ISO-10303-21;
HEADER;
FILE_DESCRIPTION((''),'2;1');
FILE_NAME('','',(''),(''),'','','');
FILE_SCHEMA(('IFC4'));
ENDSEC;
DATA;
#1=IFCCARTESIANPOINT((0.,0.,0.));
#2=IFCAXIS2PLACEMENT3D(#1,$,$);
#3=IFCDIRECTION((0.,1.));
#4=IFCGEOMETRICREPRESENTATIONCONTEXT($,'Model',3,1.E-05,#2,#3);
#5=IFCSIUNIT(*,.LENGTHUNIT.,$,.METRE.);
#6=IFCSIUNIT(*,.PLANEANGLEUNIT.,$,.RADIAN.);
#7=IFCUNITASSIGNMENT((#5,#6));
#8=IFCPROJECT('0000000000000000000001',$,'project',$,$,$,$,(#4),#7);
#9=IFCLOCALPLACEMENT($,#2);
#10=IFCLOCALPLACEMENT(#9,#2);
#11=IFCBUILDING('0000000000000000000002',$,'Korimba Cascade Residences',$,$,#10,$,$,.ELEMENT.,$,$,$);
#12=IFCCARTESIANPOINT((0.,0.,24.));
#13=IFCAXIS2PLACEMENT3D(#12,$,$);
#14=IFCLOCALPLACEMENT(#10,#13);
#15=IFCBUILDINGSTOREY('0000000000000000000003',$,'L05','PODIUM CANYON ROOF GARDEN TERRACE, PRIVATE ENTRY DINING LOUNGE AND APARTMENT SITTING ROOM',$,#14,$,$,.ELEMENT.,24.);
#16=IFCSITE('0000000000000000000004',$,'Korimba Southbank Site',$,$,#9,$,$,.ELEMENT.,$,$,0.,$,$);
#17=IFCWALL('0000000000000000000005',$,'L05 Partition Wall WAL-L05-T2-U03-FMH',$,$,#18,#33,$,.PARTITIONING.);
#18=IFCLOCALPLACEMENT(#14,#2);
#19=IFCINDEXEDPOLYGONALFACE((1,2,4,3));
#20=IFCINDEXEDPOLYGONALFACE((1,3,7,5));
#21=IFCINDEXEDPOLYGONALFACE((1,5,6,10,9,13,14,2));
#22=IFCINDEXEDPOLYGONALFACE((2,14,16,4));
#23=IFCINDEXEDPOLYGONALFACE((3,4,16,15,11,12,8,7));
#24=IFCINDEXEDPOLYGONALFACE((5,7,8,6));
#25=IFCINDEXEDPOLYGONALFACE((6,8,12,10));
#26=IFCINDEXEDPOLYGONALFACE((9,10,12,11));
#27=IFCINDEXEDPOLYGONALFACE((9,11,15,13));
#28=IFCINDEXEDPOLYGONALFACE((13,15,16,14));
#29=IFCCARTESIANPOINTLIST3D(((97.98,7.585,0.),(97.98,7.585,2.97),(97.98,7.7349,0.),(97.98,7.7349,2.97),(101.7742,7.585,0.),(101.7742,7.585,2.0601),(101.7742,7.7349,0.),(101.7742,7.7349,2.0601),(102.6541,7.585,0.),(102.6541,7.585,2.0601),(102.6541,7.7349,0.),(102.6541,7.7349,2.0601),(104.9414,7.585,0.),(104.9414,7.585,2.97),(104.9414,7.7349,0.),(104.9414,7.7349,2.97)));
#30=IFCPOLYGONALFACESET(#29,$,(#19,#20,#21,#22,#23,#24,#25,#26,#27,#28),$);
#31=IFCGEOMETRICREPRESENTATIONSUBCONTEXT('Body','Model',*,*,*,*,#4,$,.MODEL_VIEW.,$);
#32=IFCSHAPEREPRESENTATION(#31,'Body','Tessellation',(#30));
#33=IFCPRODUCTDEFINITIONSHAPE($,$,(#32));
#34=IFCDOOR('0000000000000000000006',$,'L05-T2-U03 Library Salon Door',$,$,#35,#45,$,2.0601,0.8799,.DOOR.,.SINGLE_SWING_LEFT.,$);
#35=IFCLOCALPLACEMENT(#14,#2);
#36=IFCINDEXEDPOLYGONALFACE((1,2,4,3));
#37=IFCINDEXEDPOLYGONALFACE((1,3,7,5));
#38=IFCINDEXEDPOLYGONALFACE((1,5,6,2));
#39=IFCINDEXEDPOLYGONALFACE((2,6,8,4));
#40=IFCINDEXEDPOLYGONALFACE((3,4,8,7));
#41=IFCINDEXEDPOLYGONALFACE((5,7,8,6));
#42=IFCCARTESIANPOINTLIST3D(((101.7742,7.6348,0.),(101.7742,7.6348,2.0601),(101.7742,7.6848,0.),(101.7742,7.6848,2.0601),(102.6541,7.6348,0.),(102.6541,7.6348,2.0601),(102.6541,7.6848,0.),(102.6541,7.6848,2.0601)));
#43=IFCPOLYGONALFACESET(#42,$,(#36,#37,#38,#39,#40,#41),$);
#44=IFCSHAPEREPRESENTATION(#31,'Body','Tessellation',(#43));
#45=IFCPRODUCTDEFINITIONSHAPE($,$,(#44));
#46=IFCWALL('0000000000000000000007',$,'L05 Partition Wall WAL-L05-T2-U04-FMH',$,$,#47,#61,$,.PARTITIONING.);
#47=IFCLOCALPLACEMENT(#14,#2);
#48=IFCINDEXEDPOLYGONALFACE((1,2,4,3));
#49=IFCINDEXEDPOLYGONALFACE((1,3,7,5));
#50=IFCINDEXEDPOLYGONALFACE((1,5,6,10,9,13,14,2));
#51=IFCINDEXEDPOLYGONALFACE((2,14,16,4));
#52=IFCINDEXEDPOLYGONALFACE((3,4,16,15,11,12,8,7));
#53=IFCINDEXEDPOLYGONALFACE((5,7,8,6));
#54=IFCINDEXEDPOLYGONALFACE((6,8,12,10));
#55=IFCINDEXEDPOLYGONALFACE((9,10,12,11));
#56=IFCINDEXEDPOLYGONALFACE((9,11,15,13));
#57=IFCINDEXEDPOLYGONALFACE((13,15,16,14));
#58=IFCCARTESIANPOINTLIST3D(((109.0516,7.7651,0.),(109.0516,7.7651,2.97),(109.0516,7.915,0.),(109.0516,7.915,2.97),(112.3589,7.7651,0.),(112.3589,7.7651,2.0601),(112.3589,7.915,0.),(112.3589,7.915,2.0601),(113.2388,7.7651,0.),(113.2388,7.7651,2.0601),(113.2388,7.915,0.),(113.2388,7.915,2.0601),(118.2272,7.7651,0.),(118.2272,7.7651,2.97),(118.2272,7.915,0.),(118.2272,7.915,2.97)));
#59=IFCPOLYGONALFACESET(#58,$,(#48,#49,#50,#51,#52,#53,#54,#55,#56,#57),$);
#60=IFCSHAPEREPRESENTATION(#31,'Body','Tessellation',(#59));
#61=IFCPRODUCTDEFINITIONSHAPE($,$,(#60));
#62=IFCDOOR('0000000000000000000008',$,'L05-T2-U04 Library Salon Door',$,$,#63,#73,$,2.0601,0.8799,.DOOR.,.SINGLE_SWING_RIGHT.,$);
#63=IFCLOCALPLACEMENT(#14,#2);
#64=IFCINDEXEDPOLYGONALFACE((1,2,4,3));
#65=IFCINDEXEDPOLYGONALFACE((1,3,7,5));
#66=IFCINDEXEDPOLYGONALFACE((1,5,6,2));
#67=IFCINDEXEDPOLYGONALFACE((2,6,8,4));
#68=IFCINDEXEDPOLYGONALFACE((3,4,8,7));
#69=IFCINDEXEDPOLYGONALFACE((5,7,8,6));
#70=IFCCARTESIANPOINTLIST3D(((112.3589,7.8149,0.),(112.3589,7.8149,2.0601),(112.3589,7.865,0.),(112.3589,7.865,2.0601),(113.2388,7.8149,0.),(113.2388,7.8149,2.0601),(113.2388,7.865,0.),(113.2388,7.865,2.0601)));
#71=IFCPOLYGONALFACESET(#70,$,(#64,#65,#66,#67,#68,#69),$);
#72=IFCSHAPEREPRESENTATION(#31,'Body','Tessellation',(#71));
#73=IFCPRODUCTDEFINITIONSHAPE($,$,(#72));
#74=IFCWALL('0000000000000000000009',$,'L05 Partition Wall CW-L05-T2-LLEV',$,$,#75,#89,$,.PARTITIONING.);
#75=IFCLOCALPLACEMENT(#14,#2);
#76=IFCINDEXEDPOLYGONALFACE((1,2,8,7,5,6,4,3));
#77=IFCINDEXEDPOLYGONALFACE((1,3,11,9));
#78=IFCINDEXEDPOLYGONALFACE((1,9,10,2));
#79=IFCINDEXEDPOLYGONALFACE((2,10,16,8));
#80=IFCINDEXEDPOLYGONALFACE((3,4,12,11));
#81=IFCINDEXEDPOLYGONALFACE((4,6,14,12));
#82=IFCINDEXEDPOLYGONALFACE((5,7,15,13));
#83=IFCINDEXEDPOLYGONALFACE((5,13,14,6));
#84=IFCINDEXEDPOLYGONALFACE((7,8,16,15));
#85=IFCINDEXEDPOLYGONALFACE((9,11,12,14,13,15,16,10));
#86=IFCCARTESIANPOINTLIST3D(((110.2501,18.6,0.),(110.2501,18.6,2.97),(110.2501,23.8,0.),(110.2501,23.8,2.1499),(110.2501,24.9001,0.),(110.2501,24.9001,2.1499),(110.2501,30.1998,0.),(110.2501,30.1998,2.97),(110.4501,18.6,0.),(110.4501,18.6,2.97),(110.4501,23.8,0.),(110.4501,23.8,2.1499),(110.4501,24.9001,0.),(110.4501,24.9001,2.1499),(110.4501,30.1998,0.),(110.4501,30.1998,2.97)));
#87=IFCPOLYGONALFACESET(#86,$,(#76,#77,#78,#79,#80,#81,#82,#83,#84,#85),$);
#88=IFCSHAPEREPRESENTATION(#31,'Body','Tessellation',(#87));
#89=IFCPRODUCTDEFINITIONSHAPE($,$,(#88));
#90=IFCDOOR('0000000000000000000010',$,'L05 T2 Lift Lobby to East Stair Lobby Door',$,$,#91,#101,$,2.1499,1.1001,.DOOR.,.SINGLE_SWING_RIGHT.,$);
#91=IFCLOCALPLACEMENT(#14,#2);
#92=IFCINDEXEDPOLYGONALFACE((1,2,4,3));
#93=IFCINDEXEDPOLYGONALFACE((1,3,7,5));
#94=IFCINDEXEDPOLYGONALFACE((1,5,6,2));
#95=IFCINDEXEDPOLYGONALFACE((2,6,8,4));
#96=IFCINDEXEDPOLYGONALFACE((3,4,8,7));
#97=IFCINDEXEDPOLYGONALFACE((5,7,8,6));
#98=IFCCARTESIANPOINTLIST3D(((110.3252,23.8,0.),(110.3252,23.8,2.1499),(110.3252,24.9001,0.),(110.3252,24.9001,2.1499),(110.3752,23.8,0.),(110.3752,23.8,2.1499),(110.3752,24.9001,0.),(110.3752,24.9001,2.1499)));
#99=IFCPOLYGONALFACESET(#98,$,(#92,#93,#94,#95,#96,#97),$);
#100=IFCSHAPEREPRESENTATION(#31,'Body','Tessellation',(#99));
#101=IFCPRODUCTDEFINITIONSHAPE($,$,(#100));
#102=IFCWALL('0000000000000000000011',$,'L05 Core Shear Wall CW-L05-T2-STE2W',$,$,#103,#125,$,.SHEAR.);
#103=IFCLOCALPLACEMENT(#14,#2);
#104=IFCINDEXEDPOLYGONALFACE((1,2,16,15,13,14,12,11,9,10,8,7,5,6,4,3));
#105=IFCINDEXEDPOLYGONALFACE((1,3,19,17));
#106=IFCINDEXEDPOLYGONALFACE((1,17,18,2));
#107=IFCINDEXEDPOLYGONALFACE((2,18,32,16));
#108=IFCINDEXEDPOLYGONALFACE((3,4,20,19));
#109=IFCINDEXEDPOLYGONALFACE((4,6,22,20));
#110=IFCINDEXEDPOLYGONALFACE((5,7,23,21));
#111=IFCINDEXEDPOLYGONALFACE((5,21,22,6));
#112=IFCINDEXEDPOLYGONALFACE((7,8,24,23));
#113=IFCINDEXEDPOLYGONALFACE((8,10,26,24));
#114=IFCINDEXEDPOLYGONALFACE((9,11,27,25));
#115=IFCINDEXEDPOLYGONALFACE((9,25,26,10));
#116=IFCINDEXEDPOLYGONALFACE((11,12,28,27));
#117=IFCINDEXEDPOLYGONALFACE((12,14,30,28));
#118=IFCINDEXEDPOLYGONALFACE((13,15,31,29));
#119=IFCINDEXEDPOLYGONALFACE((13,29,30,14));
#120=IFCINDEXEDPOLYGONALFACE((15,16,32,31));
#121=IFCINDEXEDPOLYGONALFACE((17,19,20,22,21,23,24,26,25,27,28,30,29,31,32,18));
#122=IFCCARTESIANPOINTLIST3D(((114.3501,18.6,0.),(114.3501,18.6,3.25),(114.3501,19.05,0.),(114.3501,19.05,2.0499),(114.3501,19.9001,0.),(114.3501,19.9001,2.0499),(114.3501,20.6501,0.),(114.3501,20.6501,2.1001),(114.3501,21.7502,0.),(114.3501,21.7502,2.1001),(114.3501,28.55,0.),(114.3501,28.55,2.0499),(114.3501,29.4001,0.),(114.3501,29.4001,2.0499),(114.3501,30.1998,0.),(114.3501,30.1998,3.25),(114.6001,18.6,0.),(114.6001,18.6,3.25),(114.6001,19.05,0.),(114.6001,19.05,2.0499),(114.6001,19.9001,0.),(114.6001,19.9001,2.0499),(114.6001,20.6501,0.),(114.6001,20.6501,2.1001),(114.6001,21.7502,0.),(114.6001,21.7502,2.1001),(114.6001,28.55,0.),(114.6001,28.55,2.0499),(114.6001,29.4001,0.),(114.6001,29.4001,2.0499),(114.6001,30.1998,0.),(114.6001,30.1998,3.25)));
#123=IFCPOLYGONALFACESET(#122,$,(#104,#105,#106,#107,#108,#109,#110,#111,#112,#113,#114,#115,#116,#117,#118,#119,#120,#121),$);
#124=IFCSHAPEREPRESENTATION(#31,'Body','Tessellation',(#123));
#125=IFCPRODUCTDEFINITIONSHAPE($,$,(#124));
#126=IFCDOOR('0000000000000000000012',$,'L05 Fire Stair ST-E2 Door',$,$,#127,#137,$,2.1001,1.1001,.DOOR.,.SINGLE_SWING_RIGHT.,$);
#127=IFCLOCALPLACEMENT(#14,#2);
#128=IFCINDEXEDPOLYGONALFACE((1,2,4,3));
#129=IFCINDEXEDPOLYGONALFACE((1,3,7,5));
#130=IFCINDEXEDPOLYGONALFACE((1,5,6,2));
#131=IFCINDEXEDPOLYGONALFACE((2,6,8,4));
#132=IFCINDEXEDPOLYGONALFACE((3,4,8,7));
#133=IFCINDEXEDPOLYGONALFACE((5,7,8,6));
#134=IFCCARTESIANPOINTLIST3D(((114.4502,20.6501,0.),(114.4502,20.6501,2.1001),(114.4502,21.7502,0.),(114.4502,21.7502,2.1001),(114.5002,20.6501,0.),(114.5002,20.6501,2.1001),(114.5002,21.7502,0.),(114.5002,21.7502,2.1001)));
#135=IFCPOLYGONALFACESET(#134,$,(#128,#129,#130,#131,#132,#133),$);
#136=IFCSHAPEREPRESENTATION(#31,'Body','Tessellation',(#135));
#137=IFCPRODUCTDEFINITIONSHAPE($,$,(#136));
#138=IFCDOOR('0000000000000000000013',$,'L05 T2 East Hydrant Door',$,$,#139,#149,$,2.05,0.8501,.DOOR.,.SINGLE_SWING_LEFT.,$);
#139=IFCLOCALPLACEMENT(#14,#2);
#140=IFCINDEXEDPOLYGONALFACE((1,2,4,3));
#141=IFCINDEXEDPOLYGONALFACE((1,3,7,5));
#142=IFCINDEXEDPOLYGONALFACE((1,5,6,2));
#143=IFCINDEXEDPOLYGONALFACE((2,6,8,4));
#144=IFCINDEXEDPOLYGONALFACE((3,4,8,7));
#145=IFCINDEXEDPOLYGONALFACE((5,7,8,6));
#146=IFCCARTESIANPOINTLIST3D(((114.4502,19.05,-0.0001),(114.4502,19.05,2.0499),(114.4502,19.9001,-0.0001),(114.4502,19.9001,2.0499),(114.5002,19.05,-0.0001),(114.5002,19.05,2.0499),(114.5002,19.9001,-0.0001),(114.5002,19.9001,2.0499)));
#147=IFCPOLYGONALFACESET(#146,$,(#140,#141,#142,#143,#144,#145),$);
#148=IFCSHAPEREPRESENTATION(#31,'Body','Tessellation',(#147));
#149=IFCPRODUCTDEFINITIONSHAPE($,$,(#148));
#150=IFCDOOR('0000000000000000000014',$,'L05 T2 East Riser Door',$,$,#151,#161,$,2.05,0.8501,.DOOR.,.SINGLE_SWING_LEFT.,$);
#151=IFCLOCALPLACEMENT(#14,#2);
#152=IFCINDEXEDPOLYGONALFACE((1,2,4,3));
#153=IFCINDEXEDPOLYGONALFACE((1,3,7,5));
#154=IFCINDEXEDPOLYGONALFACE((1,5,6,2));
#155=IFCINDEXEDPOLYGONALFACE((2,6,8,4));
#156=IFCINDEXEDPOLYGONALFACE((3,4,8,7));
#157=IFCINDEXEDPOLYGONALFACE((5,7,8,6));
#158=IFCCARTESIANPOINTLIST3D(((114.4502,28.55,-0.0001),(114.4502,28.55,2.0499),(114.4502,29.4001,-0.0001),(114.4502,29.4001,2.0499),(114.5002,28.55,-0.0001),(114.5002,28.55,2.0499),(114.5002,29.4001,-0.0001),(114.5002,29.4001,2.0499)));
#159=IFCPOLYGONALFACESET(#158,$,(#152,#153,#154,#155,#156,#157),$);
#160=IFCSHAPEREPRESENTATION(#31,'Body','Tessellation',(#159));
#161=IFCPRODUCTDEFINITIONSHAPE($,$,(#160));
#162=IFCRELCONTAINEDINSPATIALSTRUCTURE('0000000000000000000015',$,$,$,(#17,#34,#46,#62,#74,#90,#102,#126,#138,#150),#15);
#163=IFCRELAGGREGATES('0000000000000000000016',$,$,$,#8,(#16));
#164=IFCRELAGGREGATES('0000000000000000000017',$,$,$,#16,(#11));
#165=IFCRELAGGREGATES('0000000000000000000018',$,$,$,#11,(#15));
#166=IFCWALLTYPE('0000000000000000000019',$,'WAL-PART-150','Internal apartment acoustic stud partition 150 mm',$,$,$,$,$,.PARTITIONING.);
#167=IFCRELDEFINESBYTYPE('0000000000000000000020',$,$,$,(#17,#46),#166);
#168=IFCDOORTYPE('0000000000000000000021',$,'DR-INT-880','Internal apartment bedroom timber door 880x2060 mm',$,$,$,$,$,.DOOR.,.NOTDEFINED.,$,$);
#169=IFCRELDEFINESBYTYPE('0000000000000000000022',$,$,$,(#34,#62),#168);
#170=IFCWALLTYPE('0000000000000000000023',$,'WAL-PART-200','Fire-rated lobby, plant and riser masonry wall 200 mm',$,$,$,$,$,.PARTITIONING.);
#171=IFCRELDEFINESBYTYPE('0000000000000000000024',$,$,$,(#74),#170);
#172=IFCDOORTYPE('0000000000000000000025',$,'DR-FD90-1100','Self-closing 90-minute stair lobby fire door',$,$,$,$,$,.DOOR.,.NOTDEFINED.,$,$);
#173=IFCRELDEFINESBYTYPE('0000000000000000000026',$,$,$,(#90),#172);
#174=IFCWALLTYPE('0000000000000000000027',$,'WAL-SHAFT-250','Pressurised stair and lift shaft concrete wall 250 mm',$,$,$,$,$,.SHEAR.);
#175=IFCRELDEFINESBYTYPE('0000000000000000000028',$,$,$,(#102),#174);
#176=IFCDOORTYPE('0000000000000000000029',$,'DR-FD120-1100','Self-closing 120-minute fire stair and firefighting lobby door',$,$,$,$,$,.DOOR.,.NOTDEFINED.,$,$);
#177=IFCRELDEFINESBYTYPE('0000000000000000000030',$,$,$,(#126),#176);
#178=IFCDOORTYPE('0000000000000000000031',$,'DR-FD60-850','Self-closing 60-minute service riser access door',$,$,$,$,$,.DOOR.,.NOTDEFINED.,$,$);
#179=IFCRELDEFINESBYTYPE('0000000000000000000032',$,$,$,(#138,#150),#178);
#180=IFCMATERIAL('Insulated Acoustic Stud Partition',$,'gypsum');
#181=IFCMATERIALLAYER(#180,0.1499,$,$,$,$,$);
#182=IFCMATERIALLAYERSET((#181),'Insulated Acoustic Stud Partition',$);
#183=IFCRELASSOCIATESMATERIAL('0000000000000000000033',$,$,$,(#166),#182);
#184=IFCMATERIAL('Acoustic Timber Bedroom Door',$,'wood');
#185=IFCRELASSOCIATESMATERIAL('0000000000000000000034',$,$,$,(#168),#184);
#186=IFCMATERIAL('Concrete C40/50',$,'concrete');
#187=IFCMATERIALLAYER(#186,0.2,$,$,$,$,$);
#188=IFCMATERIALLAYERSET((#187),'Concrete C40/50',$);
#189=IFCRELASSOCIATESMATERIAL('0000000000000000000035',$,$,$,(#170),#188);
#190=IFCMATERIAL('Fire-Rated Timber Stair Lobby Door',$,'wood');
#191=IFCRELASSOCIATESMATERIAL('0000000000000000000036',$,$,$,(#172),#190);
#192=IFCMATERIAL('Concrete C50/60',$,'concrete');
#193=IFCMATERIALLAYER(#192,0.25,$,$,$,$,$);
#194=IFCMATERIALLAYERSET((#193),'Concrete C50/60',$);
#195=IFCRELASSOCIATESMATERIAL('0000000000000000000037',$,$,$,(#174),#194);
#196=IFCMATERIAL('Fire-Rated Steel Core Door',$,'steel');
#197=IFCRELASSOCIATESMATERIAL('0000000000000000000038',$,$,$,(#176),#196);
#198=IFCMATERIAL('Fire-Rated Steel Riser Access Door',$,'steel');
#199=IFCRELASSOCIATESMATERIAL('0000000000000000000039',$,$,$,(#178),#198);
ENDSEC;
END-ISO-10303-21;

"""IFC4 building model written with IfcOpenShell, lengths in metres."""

from ifc_helpers import new_model, si_unit, direction, frame, frame_2d, origin, place, context, subcontext, project, spatial, rectangle, extrude, material, layer, layer_set, type_object, element, fill, save


model = new_model("IFC4")

# Units and contexts
model_context = context("Model", 3, precision=1e-05, world=origin(), true_north=direction((0.0, 1.0)))
body_context = subcontext(model_context, "Body", "Model", "MODEL_VIEW")
ifc_project = project(units=[si_unit("LENGTHUNIT", "METRE"), si_unit("PLANEANGLEUNIT", "RADIAN")], contexts=[model_context])

# Site, building, storey
site_placement = place(None, origin())
site = spatial("IfcSite", under=ifc_project, at=site_placement, Name="Korimba Southbank Site", CompositionType="ELEMENT", RefElevation=0.0)
building_placement = place(site_placement, origin())
building = spatial("IfcBuilding", under=site, at=building_placement, Name="Korimba Cascade Residences", CompositionType="ELEMENT")
storey_placement = place(building_placement, frame((0.0, 0.0, 24.0)))
storey = spatial("IfcBuildingStorey", under=building, at=storey_placement, Name="L05", Description="PODIUM CANYON ROOF GARDEN TERRACE, PRIVATE ENTRY DINING LOUNGE AND APARTMENT SITTING ROOM", CompositionType="ELEMENT", Elevation=24.0)

# Shared definitions
ifc_material_1 = material(Name="Concrete C50/60", Category="concrete")

# Shared definitions
ifc_material_2 = material(Name="Insulated Acoustic Stud Partition", Category="gypsum")
ifc_layer_1 = layer(ifc_material_2, 0.1499)
ifc_layer_set_1 = layer_set([ifc_layer_1], Name="Insulated Acoustic Stud Partition")
wall_type_1 = type_object("IfcWallType", Name="WAL-PART-150", Description="Internal apartment acoustic stud partition 150 mm", PredefinedType="PARTITIONING", material=ifc_layer_set_1)

# Walls, openings, doors
wall_1_placement = place(storey_placement, frame((97.98, 7.6599, 0.0), z_axis=(0.0, 0.0, 1.0), x_axis=(1.0, 0.0, 0.0)))
wall_1 = element("IfcWall", 1, at=wall_1_placement, inside=storey, type_object=wall_type_1, Name="L05 Partition Wall WAL-L05-T2-U03-FMH", PredefinedType="PARTITIONING", context=body_context, shape_type="SweptSolid", body=[
    extrude(rectangle(XDim=6.9614, YDim=0.1499, at=frame_2d((3.4807, 0.0))), origin(), (0.0, 0.0, 1.0), 2.97),
])
opening_1_placement = place(wall_1_placement, frame((3.7942, 0.0, 0.0)))
opening_1 = element("IfcOpeningElement", 2, at=opening_1_placement, cuts=wall_1, PredefinedType="OPENING", context=body_context, shape_type="SweptSolid", body=[
    extrude(rectangle(XDim=0.8799, YDim=2.0601, at=frame_2d((0.4399, 1.03))), frame((0.0, 0.085, 0.0), z_axis=(0.0, -1.0, 0.0), x_axis=(1.0, 0.0, 0.0)), (0.0, 0.0, 1.0), 0.1699),
])
ifc_material_3 = material(Name="Acoustic Timber Bedroom Door", Category="wood")
door_type_1 = type_object("IfcDoorType", Name="DR-INT-880", Description="Internal apartment bedroom timber door 880x2060 mm", OperationType="NOTDEFINED", PredefinedType="DOOR", material=ifc_material_3)
door_1_placement = place(opening_1_placement, origin())
door_1 = element("IfcDoor", 3, at=door_1_placement, inside=storey, type_object=door_type_1, Name="L05-T2-U03 Library Salon Door", OperationType="SINGLE_SWING_LEFT", OverallHeight=2.0601, OverallWidth=0.8799, PredefinedType="DOOR", context=body_context, shape_type="SweptSolid", body=[
    extrude(rectangle(XDim=0.8799, YDim=2.0601, at=frame_2d((0.4399, 1.03))), frame((0.0, 0.0249, 0.0), z_axis=(0.0, -1.0, 0.0), x_axis=(1.0, 0.0, 0.0)), (0.0, 0.0, 1.0), 0.05),
])
fill(opening_1, door_1)
wall_2_placement = place(storey_placement, frame((109.0515, 7.8401, 0.0), z_axis=(0.0, 0.0, 1.0), x_axis=(1.0, 0.0, 0.0)))
wall_2 = element("IfcWall", 4, at=wall_2_placement, inside=storey, type_object=wall_type_1, Name="L05 Partition Wall WAL-L05-T2-U04-FMH", PredefinedType="PARTITIONING", context=body_context, shape_type="SweptSolid", body=[
    extrude(rectangle(XDim=9.1755, YDim=0.1499, at=frame_2d((4.5879, 0.0))), origin(), (0.0, 0.0, 1.0), 2.97),
])
opening_2_placement = place(wall_2_placement, frame((3.3074, 0.0, 0.0)))
opening_2 = element("IfcOpeningElement", 5, at=opening_2_placement, cuts=wall_2, PredefinedType="OPENING", context=body_context, shape_type="SweptSolid", body=[
    extrude(rectangle(XDim=0.8799, YDim=2.0601, at=frame_2d((0.4399, 1.03))), frame((0.0, 0.085, 0.0), z_axis=(0.0, -1.0, 0.0), x_axis=(1.0, 0.0, 0.0)), (0.0, 0.0, 1.0), 0.1699),
])
door_2_placement = place(opening_2_placement, origin())
door_2 = element("IfcDoor", 6, at=door_2_placement, inside=storey, type_object=door_type_1, Name="L05-T2-U04 Library Salon Door", OperationType="SINGLE_SWING_RIGHT", OverallHeight=2.0601, OverallWidth=0.8799, PredefinedType="DOOR", context=body_context, shape_type="SweptSolid", body=[
    extrude(rectangle(XDim=0.8799, YDim=2.0601, at=frame_2d((0.4399, 1.03))), frame((0.0, 0.0249, 0.0), z_axis=(0.0, -1.0, 0.0), x_axis=(1.0, 0.0, 0.0)), (0.0, 0.0, 1.0), 0.05),
])
fill(opening_2, door_2)
ifc_material_4 = material(Name="Concrete C40/50", Category="concrete")
ifc_layer_2 = layer(ifc_material_4, 0.2)
ifc_layer_set_2 = layer_set([ifc_layer_2], Name="Concrete C40/50")
wall_type_2 = type_object("IfcWallType", Name="WAL-PART-200", Description="Fire-rated lobby, plant and riser masonry wall 200 mm", PredefinedType="PARTITIONING", material=ifc_layer_set_2)
wall_3_placement = place(storey_placement, frame((110.3501, 18.6001, 0.0), z_axis=(0.0, 0.0, 1.0), x_axis=(0.0, 1.0, 0.0)))
wall_3 = element("IfcWall", 7, at=wall_3_placement, inside=storey, type_object=wall_type_2, Name="L05 Partition Wall CW-L05-T2-LLEV", PredefinedType="PARTITIONING", context=body_context, shape_type="SweptSolid", body=[
    extrude(rectangle(XDim=11.5999, YDim=0.2, at=frame_2d((5.7998, 0.0))), origin(), (0.0, 0.0, 1.0), 2.97),
])
opening_3_placement = place(wall_3_placement, frame((5.2, 0.0, 0.0)))
opening_3 = element("IfcOpeningElement", 8, at=opening_3_placement, cuts=wall_3, PredefinedType="OPENING", context=body_context, shape_type="SweptSolid", body=[
    extrude(rectangle(XDim=1.1001, YDim=2.1499, at=frame_2d((0.55, 1.075))), frame((0.0, 0.1099, 0.0), z_axis=(0.0, -1.0, 0.0), x_axis=(1.0, 0.0, 0.0)), (0.0, 0.0, 1.0), 0.22),
])
ifc_material_5 = material(Name="Fire-Rated Timber Stair Lobby Door", Category="wood")
door_type_2 = type_object("IfcDoorType", Name="DR-FD90-1100", Description="Self-closing 90-minute stair lobby fire door", OperationType="NOTDEFINED", PredefinedType="DOOR", material=ifc_material_5)
door_3_placement = place(opening_3_placement, origin())
door_3 = element("IfcDoor", 9, at=door_3_placement, inside=storey, type_object=door_type_2, Name="L05 T2 Lift Lobby to East Stair Lobby Door", OperationType="SINGLE_SWING_RIGHT", OverallHeight=2.1499, OverallWidth=1.1001, PredefinedType="DOOR", context=body_context, shape_type="SweptSolid", body=[
    extrude(rectangle(XDim=1.1001, YDim=2.1499, at=frame_2d((0.55, 1.075))), frame((0.0, 0.0249, 0.0), z_axis=(0.0, -1.0, 0.0), x_axis=(1.0, 0.0, 0.0)), (0.0, 0.0, 1.0), 0.05),
])
fill(opening_3, door_3)

# Wall, openings, doors
ifc_layer_3 = layer(ifc_material_1, 0.25)
ifc_layer_set_3 = layer_set([ifc_layer_3], Name="Concrete C50/60")
wall_type_3 = type_object("IfcWallType", Name="WAL-SHAFT-250", Description="Pressurised stair and lift shaft concrete wall 250 mm", PredefinedType="SHEAR", material=ifc_layer_set_3)
wall_4_placement = place(storey_placement, frame((114.4751, 18.6001, 0.0), z_axis=(0.0, 0.0, 1.0), x_axis=(0.0, 1.0, 0.0)))
wall_4 = element("IfcWall", 10, at=wall_4_placement, inside=storey, type_object=wall_type_3, Name="L05 Core Shear Wall CW-L05-T2-STE2W", PredefinedType="SHEAR", context=body_context, shape_type="SweptSolid", body=[
    extrude(rectangle(XDim=11.5999, YDim=0.25, at=frame_2d((5.7998, 0.0))), origin(), (0.0, 0.0, 1.0), 3.25),
])
opening_4_placement = place(wall_4_placement, frame((0.45, 0.0, 0.0)))
opening_4 = element("IfcOpeningElement", 11, at=opening_4_placement, cuts=wall_4, PredefinedType="OPENING", context=body_context, shape_type="SweptSolid", body=[
    extrude(rectangle(XDim=0.8501, YDim=2.05, at=frame_2d((0.425, 1.0249))), frame((0.0, 0.135, 0.0), z_axis=(0.0, -1.0, 0.0), x_axis=(1.0, 0.0, 0.0)), (0.0, 0.0, 1.0), 0.27),
])
opening_5_placement = place(wall_4_placement, frame((2.05, 0.0, 0.0)))
opening_5 = element("IfcOpeningElement", 12, at=opening_5_placement, cuts=wall_4, PredefinedType="OPENING", context=body_context, shape_type="SweptSolid", body=[
    extrude(rectangle(XDim=1.1001, YDim=2.1001, at=frame_2d((0.55, 1.05))), frame((0.0, 0.135, 0.0), z_axis=(0.0, -1.0, 0.0), x_axis=(1.0, 0.0, 0.0)), (0.0, 0.0, 1.0), 0.27),
])
opening_6_placement = place(wall_4_placement, frame((9.95, 0.0, 0.0)))
opening_6 = element("IfcOpeningElement", 13, at=opening_6_placement, cuts=wall_4, PredefinedType="OPENING", context=body_context, shape_type="SweptSolid", body=[
    extrude(rectangle(XDim=0.8501, YDim=2.05, at=frame_2d((0.425, 1.0249))), frame((0.0, 0.135, 0.0), z_axis=(0.0, -1.0, 0.0), x_axis=(1.0, 0.0, 0.0)), (0.0, 0.0, 1.0), 0.27),
])
ifc_material_6 = material(Name="Fire-Rated Steel Core Door", Category="steel")
door_type_3 = type_object("IfcDoorType", Name="DR-FD120-1100", Description="Self-closing 120-minute fire stair and firefighting lobby door", OperationType="NOTDEFINED", PredefinedType="DOOR", material=ifc_material_6)
door_4_placement = place(opening_5_placement, origin())
door_4 = element("IfcDoor", 14, at=door_4_placement, inside=storey, type_object=door_type_3, Name="L05 Fire Stair ST-E2 Door", OperationType="SINGLE_SWING_RIGHT", OverallHeight=2.1001, OverallWidth=1.1001, PredefinedType="DOOR", context=body_context, shape_type="SweptSolid", body=[
    extrude(rectangle(XDim=1.1001, YDim=2.1001, at=frame_2d((0.55, 1.05))), frame((0.0, 0.0249, 0.0), z_axis=(0.0, -1.0, 0.0), x_axis=(1.0, 0.0, 0.0)), (0.0, 0.0, 1.0), 0.05),
])
fill(opening_5, door_4)
ifc_material_7 = material(Name="Fire-Rated Steel Riser Access Door", Category="steel")
door_type_4 = type_object("IfcDoorType", Name="DR-FD60-850", Description="Self-closing 60-minute service riser access door", OperationType="NOTDEFINED", PredefinedType="DOOR", material=ifc_material_7)
door_5_placement = place(opening_4_placement, origin())
door_5 = element("IfcDoor", 15, at=door_5_placement, inside=storey, type_object=door_type_4, Name="L05 T2 East Hydrant Door", OperationType="SINGLE_SWING_LEFT", OverallHeight=2.05, OverallWidth=0.8501, PredefinedType="DOOR", context=body_context, shape_type="SweptSolid", body=[
    extrude(rectangle(XDim=0.8501, YDim=2.05, at=frame_2d((0.425, 1.0249))), frame((0.0, 0.0249, 0.0), z_axis=(0.0, -1.0, 0.0), x_axis=(1.0, 0.0, 0.0)), (0.0, 0.0, 1.0), 0.05),
])
fill(opening_4, door_5)
door_6_placement = place(opening_6_placement, origin())
door_6 = element("IfcDoor", 16, at=door_6_placement, inside=storey, type_object=door_type_4, Name="L05 T2 East Riser Door", OperationType="SINGLE_SWING_LEFT", OverallHeight=2.05, OverallWidth=0.8501, PredefinedType="DOOR", context=body_context, shape_type="SweptSolid", body=[
    extrude(rectangle(XDim=0.8501, YDim=2.05, at=frame_2d((0.425, 1.0249))), frame((0.0, 0.0249, 0.0), z_axis=(0.0, -1.0, 0.0), x_axis=(1.0, 0.0, 0.0)), (0.0, 0.0, 1.0), 0.05),
])
fill(opening_6, door_6)

save(model, "model.ifc")
